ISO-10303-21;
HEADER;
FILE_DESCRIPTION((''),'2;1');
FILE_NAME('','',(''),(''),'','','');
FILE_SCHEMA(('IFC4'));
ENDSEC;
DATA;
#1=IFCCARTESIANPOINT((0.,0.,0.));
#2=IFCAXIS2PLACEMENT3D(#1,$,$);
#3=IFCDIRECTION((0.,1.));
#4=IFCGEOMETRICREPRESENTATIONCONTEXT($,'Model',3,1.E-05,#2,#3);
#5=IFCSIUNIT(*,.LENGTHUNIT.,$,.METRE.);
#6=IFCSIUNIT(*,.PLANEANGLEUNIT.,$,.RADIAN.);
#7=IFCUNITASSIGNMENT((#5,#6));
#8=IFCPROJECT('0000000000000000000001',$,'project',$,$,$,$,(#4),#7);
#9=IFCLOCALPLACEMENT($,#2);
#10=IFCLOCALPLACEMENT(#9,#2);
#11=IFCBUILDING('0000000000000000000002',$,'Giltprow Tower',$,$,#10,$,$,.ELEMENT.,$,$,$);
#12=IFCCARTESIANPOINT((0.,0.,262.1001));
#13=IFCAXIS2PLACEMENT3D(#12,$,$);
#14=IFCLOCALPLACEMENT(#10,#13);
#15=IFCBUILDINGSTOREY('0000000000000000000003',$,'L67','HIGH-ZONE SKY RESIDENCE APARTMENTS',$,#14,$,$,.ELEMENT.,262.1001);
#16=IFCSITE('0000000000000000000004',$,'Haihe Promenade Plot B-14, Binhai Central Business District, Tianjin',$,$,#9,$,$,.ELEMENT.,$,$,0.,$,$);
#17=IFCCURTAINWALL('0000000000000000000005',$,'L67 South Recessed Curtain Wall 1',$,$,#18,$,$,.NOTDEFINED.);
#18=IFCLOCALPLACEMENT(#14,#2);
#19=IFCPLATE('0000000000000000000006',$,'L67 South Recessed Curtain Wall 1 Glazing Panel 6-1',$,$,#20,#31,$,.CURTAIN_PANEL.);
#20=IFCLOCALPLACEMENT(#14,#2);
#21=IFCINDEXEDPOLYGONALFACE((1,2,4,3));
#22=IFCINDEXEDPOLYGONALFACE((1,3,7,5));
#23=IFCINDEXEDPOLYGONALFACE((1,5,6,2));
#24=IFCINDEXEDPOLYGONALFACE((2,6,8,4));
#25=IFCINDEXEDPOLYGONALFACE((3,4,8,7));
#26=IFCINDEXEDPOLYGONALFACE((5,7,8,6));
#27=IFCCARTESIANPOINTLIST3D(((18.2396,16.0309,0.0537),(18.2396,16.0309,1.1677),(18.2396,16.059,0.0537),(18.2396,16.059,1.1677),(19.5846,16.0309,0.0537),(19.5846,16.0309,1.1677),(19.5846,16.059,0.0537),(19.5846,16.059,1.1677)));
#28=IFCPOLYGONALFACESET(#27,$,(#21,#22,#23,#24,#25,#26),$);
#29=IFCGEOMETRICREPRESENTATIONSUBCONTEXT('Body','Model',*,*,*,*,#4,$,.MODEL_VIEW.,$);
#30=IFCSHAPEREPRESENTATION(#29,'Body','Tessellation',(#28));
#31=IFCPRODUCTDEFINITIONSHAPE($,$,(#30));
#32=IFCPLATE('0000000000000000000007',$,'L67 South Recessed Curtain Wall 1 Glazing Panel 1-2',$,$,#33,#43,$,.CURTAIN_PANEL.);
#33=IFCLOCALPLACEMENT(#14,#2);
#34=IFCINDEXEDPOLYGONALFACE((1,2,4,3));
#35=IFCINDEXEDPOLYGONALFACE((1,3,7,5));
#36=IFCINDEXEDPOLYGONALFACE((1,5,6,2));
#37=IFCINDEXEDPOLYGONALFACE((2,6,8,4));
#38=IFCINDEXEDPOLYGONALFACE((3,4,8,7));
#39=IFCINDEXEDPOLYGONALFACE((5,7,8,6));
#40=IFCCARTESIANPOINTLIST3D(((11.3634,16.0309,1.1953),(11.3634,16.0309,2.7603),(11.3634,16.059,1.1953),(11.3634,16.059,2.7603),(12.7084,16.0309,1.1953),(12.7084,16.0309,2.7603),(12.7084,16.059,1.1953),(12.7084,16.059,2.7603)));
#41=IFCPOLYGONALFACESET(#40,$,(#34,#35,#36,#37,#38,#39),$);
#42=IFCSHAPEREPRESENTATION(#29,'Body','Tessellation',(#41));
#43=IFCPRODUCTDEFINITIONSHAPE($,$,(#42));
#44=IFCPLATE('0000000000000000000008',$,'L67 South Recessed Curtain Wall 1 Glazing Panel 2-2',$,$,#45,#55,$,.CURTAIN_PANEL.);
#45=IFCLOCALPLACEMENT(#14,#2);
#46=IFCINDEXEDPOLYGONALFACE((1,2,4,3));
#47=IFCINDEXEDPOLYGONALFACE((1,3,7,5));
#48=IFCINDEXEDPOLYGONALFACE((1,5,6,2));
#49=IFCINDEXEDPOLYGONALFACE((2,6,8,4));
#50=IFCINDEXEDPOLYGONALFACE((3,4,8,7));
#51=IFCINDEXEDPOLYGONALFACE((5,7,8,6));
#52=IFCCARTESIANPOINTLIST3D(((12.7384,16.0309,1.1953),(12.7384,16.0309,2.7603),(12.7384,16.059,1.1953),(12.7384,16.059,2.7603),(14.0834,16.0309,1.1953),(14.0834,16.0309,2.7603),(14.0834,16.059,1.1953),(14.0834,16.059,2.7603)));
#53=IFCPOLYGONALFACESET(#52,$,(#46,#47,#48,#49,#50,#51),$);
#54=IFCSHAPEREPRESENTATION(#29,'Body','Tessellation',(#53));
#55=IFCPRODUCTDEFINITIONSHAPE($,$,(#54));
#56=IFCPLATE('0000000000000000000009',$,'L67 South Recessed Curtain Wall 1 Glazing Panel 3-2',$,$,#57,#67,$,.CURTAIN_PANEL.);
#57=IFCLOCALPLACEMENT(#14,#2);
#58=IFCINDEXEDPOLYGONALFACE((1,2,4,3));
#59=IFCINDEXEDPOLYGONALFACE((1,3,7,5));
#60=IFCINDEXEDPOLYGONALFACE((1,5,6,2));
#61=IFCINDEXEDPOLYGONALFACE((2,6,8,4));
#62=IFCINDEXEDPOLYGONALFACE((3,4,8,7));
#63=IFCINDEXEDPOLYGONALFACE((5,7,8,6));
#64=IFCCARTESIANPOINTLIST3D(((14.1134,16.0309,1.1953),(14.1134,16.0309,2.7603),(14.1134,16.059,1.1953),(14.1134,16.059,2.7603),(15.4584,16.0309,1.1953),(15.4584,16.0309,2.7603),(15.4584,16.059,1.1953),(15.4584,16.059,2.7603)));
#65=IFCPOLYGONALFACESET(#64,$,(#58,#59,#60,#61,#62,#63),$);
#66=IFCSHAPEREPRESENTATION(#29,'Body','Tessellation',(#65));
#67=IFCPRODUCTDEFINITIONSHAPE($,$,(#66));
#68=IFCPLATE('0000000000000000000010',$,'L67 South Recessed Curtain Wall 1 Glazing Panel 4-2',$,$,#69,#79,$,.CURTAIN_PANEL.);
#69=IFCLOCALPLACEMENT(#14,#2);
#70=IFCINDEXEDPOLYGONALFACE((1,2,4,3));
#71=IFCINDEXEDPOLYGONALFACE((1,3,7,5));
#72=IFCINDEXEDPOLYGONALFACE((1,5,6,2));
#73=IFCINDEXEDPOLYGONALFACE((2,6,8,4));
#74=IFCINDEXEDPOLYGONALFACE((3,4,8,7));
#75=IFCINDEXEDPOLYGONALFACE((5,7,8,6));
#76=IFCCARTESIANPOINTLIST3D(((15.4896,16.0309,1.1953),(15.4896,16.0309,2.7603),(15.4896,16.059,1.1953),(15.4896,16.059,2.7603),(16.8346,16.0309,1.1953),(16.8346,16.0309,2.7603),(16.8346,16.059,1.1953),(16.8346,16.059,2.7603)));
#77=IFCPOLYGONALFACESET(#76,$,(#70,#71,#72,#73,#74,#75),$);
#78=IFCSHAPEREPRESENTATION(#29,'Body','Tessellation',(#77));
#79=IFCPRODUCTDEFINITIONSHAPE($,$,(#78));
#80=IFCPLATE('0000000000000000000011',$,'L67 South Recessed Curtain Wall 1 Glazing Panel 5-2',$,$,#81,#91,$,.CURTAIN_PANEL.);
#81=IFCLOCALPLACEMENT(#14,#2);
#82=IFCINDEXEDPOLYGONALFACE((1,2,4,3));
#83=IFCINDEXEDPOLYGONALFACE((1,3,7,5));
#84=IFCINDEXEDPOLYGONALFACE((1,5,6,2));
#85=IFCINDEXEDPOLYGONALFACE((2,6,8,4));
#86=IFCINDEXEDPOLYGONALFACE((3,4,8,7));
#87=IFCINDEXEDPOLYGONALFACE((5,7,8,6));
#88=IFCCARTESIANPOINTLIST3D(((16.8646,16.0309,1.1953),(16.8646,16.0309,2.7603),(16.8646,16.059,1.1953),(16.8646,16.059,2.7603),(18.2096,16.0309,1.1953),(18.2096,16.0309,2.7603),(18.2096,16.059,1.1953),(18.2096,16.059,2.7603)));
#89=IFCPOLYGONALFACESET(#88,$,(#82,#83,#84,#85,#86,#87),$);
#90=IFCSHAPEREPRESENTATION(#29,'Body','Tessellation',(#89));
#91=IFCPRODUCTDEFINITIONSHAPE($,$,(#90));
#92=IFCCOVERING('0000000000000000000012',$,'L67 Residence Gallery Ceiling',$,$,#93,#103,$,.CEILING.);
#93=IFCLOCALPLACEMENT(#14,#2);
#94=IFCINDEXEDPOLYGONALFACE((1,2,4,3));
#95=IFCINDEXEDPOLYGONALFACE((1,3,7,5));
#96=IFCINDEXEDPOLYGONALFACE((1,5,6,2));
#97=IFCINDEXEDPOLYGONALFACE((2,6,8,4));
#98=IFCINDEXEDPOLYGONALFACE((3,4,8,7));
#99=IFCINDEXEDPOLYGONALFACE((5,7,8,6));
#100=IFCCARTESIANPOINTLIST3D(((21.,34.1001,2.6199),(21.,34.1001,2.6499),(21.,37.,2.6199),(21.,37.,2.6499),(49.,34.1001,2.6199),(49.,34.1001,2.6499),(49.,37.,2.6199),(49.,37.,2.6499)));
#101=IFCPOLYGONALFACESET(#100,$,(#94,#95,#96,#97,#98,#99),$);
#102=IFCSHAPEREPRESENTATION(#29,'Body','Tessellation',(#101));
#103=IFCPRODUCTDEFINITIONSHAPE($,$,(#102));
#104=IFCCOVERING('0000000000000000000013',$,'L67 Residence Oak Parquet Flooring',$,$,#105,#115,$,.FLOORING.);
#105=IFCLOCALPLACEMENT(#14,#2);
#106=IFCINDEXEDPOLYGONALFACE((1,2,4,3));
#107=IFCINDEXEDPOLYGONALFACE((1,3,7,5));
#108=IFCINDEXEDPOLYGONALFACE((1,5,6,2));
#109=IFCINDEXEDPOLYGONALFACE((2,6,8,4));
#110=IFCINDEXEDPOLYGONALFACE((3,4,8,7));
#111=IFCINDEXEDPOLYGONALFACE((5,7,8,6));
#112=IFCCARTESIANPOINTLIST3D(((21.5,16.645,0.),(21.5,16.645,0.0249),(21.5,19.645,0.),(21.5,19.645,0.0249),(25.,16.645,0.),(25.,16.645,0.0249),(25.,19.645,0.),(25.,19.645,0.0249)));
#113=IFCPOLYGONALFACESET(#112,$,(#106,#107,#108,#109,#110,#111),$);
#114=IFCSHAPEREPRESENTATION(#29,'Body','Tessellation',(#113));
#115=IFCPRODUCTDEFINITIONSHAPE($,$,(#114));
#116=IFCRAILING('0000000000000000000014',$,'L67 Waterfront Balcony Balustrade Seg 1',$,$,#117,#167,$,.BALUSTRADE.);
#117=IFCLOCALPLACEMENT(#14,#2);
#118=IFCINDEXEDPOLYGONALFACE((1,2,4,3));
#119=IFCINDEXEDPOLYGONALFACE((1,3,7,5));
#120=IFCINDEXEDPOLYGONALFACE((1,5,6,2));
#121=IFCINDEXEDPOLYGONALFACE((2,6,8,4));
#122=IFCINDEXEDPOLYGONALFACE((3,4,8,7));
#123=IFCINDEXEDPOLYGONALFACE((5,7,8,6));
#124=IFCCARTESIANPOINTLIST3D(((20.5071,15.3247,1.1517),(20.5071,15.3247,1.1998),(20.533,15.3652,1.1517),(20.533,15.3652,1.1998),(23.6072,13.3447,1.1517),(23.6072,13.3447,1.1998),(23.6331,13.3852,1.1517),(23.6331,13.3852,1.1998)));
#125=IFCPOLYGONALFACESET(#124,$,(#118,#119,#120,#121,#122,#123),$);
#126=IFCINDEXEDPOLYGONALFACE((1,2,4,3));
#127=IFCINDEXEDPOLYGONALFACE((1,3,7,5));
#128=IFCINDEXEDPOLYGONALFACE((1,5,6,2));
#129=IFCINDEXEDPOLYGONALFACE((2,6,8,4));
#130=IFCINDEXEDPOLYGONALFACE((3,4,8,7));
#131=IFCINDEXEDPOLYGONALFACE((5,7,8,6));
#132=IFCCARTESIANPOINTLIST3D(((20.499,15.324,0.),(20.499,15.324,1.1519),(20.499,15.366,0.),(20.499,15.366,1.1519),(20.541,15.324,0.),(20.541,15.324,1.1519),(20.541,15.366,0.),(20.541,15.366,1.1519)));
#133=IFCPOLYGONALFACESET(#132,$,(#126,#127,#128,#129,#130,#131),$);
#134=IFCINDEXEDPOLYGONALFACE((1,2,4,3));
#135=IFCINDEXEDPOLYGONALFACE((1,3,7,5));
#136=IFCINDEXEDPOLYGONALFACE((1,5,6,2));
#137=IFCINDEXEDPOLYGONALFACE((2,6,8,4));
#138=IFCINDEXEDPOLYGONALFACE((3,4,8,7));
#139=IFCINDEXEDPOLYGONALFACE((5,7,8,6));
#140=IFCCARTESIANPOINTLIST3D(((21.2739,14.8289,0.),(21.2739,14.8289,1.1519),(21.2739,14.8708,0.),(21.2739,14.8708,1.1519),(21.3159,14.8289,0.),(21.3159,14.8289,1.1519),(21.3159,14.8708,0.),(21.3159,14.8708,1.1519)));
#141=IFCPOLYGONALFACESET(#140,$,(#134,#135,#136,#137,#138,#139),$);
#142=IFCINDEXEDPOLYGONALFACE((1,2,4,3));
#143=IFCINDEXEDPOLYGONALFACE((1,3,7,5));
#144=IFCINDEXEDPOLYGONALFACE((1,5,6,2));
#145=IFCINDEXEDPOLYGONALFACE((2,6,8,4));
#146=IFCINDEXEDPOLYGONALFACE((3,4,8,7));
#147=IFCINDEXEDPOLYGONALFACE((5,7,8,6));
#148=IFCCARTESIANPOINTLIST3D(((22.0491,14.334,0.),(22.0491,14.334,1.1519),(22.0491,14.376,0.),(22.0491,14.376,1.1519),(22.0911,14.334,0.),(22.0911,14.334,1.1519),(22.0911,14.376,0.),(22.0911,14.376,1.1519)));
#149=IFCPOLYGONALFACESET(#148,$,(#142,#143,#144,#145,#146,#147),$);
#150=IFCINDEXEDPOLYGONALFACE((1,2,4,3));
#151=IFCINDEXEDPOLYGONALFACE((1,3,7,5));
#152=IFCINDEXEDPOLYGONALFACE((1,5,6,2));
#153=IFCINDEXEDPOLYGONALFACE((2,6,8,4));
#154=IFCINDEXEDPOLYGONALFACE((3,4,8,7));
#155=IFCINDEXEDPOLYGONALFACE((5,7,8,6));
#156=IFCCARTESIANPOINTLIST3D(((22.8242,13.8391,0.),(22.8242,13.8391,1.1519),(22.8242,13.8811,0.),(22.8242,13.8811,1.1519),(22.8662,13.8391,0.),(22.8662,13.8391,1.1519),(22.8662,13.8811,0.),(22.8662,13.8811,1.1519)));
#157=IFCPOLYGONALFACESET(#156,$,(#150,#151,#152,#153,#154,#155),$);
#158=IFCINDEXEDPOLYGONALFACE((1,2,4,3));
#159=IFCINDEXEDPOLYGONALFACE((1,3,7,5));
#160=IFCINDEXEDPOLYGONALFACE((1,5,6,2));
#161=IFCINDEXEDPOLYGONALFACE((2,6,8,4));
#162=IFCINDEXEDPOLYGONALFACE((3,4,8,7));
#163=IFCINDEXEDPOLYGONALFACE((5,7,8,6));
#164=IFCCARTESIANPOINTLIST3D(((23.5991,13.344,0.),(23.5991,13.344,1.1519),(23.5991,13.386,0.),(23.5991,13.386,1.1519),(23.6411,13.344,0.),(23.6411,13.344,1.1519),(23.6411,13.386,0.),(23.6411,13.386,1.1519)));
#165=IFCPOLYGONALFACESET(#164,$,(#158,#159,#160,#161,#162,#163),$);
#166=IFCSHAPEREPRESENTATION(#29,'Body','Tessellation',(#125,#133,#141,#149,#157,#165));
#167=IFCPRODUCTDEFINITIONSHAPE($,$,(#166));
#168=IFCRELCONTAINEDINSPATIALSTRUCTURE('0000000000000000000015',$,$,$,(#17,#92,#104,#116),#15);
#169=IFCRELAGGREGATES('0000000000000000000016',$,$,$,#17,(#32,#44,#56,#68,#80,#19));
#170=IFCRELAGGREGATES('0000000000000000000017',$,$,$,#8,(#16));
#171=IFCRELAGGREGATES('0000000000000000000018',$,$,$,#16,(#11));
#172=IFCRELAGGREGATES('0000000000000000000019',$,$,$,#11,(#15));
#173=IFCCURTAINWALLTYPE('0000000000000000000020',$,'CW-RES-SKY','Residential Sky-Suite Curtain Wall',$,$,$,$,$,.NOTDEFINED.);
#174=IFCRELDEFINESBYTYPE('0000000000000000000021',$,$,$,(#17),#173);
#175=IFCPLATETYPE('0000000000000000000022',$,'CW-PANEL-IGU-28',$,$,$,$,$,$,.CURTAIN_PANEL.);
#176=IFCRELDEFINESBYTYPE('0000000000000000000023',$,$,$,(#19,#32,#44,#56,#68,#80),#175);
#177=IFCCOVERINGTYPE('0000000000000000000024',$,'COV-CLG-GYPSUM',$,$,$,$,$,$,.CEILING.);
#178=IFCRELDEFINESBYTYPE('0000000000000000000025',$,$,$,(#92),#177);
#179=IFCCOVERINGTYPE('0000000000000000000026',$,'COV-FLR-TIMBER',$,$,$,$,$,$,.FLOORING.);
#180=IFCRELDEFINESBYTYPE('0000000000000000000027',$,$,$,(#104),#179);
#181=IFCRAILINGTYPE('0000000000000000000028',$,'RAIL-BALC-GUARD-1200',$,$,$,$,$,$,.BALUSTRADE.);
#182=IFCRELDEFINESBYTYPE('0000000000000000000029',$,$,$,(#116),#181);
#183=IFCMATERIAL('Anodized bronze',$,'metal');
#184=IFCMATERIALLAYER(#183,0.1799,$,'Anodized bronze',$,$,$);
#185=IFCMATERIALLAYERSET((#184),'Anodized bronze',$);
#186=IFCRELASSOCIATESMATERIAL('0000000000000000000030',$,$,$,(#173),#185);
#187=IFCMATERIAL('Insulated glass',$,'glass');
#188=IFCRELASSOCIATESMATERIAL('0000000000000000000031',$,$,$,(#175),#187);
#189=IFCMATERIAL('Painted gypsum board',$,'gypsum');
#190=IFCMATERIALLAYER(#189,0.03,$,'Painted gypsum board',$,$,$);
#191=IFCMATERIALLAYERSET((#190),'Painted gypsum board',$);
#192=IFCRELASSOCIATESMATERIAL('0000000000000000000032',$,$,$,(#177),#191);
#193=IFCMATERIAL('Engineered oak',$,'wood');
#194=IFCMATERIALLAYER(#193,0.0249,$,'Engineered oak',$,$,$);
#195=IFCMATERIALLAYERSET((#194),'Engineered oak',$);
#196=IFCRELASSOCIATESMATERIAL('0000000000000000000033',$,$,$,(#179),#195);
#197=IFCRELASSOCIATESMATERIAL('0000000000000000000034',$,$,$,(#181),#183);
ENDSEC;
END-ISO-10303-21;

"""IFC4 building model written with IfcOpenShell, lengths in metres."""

from ifc_helpers import new_model, si_unit, direction, frame, origin, origin_2d, place, context, subcontext, project, spatial, polyline, rectangle, outline, extrude, source, transform, mapped, material, layer, layer_set, type_object, element, aggregate, save


model = new_model("IFC4")

# Units and contexts
model_context = context("Model", 3, precision=1e-05, world=origin(), true_north=direction((0.0, 1.0)))
body_context = subcontext(model_context, "Body", "Model", "MODEL_VIEW")
ifc_project = project(units=[si_unit("LENGTHUNIT", "METRE"), si_unit("PLANEANGLEUNIT", "RADIAN")], contexts=[model_context])

# Site, building, storey
site_placement = place(None, origin())
site = spatial("IfcSite", under=ifc_project, at=site_placement, Name="Haihe Promenade Plot B-14, Binhai Central Business District, Tianjin", CompositionType="ELEMENT", RefElevation=0.0)
building_placement = place(site_placement, origin())
building = spatial("IfcBuilding", under=site, at=building_placement, Name="Giltprow Tower", CompositionType="ELEMENT")
storey_placement = place(building_placement, frame((0.0, 0.0, 262.1001)))
storey = spatial("IfcBuildingStorey", under=building, at=storey_placement, Name="L67", Description="HIGH-ZONE SKY RESIDENCE APARTMENTS", CompositionType="ELEMENT", Elevation=262.1001)

# Curtain wall
ifc_material_1 = material(Name="Anodized bronze", Category="metal")
ifc_layer_1 = layer(ifc_material_1, 0.1799, Name="Anodized bronze")
ifc_layer_set_1 = layer_set([ifc_layer_1], Name="Anodized bronze")
curtain_wall_type = type_object("IfcCurtainWallType", Name="CW-RES-SKY", Description="Residential Sky-Suite Curtain Wall", PredefinedType="NOTDEFINED", material=ifc_layer_set_1)
curtain_wall_placement = place(storey_placement, origin())
curtain_wall = element("IfcCurtainWall", 1, at=curtain_wall_placement, inside=storey, type_object=curtain_wall_type, Name="L67 South Recessed Curtain Wall 1", PredefinedType="NOTDEFINED")

# Plates
ifc_material_2 = material(Name="Insulated glass", Category="glass")
plate_type = type_object("IfcPlateType", Name="CW-PANEL-IGU-28", PredefinedType="CURTAIN_PANEL", material=ifc_material_2)
shared_shape_1 = source(origin(), body_context, "Body", "SweptSolid", [
    extrude(rectangle(XDim=1.345, YDim=0.0281, at=origin_2d()), origin(), (0.0, 0.0, 1.0), 1.114),
])
plate_1_placement = place(storey_placement, frame((18.9121, 16.0449, 0.0537), z_axis=(0.0, 0.0, 1.0), x_axis=(1.0, 0.0, 0.0)))
plate_1 = element("IfcPlate", 2, at=plate_1_placement, type_object=plate_type, Name="L67 South Recessed Curtain Wall 1 Glazing Panel 6-1", PredefinedType="CURTAIN_PANEL", context=body_context, shape_type="MappedRepresentation", body=[
    mapped(shared_shape_1, transform((0.0, 0.0, 0.0), x_axis=(1.0, 0.0, 0.0), y_axis=(0.0, 1.0, 0.0), z_axis=(0.0, 0.0, 1.0), scale=1.0)),
])
shared_shape_2 = source(origin(), body_context, "Body", "SweptSolid", [
    extrude(rectangle(XDim=1.345, YDim=0.0281, at=origin_2d()), origin(), (0.0, 0.0, 1.0), 1.5649),
])
plate_2_placement = place(storey_placement, frame((12.0359, 16.0449, 1.1953), z_axis=(0.0, 0.0, 1.0), x_axis=(1.0, 0.0, 0.0)))
plate_2 = element("IfcPlate", 3, at=plate_2_placement, type_object=plate_type, Name="L67 South Recessed Curtain Wall 1 Glazing Panel 1-2", PredefinedType="CURTAIN_PANEL", context=body_context, shape_type="MappedRepresentation", body=[
    mapped(shared_shape_2, transform((0.0, 0.0, 0.0), x_axis=(1.0, 0.0, 0.0), y_axis=(0.0, 1.0, 0.0), z_axis=(0.0, 0.0, 1.0), scale=1.0)),
])
plate_3_placement = place(storey_placement, frame((13.4109, 16.0449, 1.1953), z_axis=(0.0, 0.0, 1.0), x_axis=(1.0, 0.0, 0.0)))
plate_3 = element("IfcPlate", 4, at=plate_3_placement, type_object=plate_type, Name="L67 South Recessed Curtain Wall 1 Glazing Panel 2-2", PredefinedType="CURTAIN_PANEL", context=body_context, shape_type="MappedRepresentation", body=[
    mapped(shared_shape_2, transform((0.0, 0.0, 0.0), x_axis=(1.0, 0.0, 0.0), y_axis=(0.0, 1.0, 0.0), z_axis=(0.0, 0.0, 1.0), scale=1.0)),
])
plate_4_placement = place(storey_placement, frame((14.7859, 16.0449, 1.1953), z_axis=(0.0, 0.0, 1.0), x_axis=(1.0, 0.0, 0.0)))
plate_4 = element("IfcPlate", 5, at=plate_4_placement, type_object=plate_type, Name="L67 South Recessed Curtain Wall 1 Glazing Panel 3-2", PredefinedType="CURTAIN_PANEL", context=body_context, shape_type="MappedRepresentation", body=[
    mapped(shared_shape_2, transform((0.0, 0.0, 0.0), x_axis=(1.0, 0.0, 0.0), y_axis=(0.0, 1.0, 0.0), z_axis=(0.0, 0.0, 1.0), scale=1.0)),
])
plate_5_placement = place(storey_placement, frame((16.1621, 16.0449, 1.1953), z_axis=(0.0, 0.0, 1.0), x_axis=(1.0, 0.0, 0.0)))
plate_5 = element("IfcPlate", 6, at=plate_5_placement, type_object=plate_type, Name="L67 South Recessed Curtain Wall 1 Glazing Panel 4-2", PredefinedType="CURTAIN_PANEL", context=body_context, shape_type="MappedRepresentation", body=[
    mapped(shared_shape_2, transform((0.0, 0.0, 0.0), x_axis=(1.0, 0.0, 0.0), y_axis=(0.0, 1.0, 0.0), z_axis=(0.0, 0.0, 1.0), scale=1.0)),
])
plate_6_placement = place(storey_placement, frame((17.5371, 16.0449, 1.1953), z_axis=(0.0, 0.0, 1.0), x_axis=(1.0, 0.0, 0.0)))
plate_6 = element("IfcPlate", 7, at=plate_6_placement, type_object=plate_type, Name="L67 South Recessed Curtain Wall 1 Glazing Panel 5-2", PredefinedType="CURTAIN_PANEL", context=body_context, shape_type="MappedRepresentation", body=[
    mapped(shared_shape_2, transform((0.0, 0.0, 0.0), x_axis=(1.0, 0.0, 0.0), y_axis=(0.0, 1.0, 0.0), z_axis=(0.0, 0.0, 1.0), scale=1.0)),
])
aggregate(curtain_wall, [plate_2, plate_3, plate_4, plate_5, plate_6, plate_1])

# Coverings
ifc_material_3 = material(Name="Painted gypsum board", Category="gypsum")
ifc_layer_2 = layer(ifc_material_3, 0.03, Name="Painted gypsum board")
ifc_layer_set_2 = layer_set([ifc_layer_2], Name="Painted gypsum board")
covering_type_1 = type_object("IfcCoveringType", Name="COV-CLG-GYPSUM", PredefinedType="CEILING", material=ifc_layer_set_2)
covering_1_placement = place(storey_placement, frame((0.0, 0.0, 2.6199)))
element("IfcCovering", 8, at=covering_1_placement, inside=storey, type_object=covering_type_1, Name="L67 Residence Gallery Ceiling", PredefinedType="CEILING", context=body_context, shape_type="SweptSolid", body=[
    extrude(outline(polyline([(21.0, 34.1001), (49.0, 34.1001), (49.0, 37.0), (21.0, 37.0), (21.0, 34.1001)])), origin(), (0.0, 0.0, 1.0), 0.03),
])
ifc_material_4 = material(Name="Engineered oak", Category="wood")
ifc_layer_3 = layer(ifc_material_4, 0.0249, Name="Engineered oak")
ifc_layer_set_3 = layer_set([ifc_layer_3], Name="Engineered oak")
covering_type_2 = type_object("IfcCoveringType", Name="COV-FLR-TIMBER", PredefinedType="FLOORING", material=ifc_layer_set_3)
covering_2_placement = place(storey_placement, origin())
element("IfcCovering", 9, at=covering_2_placement, inside=storey, type_object=covering_type_2, Name="L67 Residence Oak Parquet Flooring", PredefinedType="FLOORING", context=body_context, shape_type="SweptSolid", body=[
    extrude(outline(polyline([(21.5, 16.645), (25.0, 16.645), (25.0, 19.645), (21.5, 19.645), (21.5, 16.645)])), origin(), (0.0, 0.0, 1.0), 0.0249),
])

# Railing
railing_type = type_object("IfcRailingType", Name="RAIL-BALC-GUARD-1200", PredefinedType="BALUSTRADE", material=ifc_material_1)
railing_1_placement = place(storey_placement, frame((20.52, 15.345, 0.0)))
element("IfcRailing", 10, at=railing_1_placement, inside=storey, type_object=railing_type, Name="L67 Waterfront Balcony Balustrade Seg 1", PredefinedType="BALUSTRADE", context=body_context, shape_type="SweptSolid", body=[
    extrude(rectangle(XDim=0.0481, YDim=0.0481, at=origin_2d()), frame((0.0, 0.0, 1.1758), z_axis=(0.842775, -0.538266, 0.0), x_axis=(0.538266, 0.842775, 0.0)), (0.0, 0.0, 1.0), 3.6785),
    extrude(rectangle(XDim=0.042, YDim=0.042, at=origin_2d()), origin(), (0.0, 0.0, 1.0), 1.1519),
    extrude(rectangle(XDim=0.042, YDim=0.042, at=origin_2d()), frame((0.7749, -0.4951, 0.0)), (0.0, 0.0, 1.0), 1.1519),
    extrude(rectangle(XDim=0.042, YDim=0.042, at=origin_2d()), frame((1.55, -0.99, 0.0)), (0.0, 0.0, 1.0), 1.1519),
    extrude(rectangle(XDim=0.042, YDim=0.042, at=origin_2d()), frame((2.3252, -1.4849, 0.0)), (0.0, 0.0, 1.0), 1.1519),
    extrude(rectangle(XDim=0.042, YDim=0.042, at=origin_2d()), frame((3.1001, -1.98, 0.0)), (0.0, 0.0, 1.0), 1.1519),
])

save(model, "model.ifc")
